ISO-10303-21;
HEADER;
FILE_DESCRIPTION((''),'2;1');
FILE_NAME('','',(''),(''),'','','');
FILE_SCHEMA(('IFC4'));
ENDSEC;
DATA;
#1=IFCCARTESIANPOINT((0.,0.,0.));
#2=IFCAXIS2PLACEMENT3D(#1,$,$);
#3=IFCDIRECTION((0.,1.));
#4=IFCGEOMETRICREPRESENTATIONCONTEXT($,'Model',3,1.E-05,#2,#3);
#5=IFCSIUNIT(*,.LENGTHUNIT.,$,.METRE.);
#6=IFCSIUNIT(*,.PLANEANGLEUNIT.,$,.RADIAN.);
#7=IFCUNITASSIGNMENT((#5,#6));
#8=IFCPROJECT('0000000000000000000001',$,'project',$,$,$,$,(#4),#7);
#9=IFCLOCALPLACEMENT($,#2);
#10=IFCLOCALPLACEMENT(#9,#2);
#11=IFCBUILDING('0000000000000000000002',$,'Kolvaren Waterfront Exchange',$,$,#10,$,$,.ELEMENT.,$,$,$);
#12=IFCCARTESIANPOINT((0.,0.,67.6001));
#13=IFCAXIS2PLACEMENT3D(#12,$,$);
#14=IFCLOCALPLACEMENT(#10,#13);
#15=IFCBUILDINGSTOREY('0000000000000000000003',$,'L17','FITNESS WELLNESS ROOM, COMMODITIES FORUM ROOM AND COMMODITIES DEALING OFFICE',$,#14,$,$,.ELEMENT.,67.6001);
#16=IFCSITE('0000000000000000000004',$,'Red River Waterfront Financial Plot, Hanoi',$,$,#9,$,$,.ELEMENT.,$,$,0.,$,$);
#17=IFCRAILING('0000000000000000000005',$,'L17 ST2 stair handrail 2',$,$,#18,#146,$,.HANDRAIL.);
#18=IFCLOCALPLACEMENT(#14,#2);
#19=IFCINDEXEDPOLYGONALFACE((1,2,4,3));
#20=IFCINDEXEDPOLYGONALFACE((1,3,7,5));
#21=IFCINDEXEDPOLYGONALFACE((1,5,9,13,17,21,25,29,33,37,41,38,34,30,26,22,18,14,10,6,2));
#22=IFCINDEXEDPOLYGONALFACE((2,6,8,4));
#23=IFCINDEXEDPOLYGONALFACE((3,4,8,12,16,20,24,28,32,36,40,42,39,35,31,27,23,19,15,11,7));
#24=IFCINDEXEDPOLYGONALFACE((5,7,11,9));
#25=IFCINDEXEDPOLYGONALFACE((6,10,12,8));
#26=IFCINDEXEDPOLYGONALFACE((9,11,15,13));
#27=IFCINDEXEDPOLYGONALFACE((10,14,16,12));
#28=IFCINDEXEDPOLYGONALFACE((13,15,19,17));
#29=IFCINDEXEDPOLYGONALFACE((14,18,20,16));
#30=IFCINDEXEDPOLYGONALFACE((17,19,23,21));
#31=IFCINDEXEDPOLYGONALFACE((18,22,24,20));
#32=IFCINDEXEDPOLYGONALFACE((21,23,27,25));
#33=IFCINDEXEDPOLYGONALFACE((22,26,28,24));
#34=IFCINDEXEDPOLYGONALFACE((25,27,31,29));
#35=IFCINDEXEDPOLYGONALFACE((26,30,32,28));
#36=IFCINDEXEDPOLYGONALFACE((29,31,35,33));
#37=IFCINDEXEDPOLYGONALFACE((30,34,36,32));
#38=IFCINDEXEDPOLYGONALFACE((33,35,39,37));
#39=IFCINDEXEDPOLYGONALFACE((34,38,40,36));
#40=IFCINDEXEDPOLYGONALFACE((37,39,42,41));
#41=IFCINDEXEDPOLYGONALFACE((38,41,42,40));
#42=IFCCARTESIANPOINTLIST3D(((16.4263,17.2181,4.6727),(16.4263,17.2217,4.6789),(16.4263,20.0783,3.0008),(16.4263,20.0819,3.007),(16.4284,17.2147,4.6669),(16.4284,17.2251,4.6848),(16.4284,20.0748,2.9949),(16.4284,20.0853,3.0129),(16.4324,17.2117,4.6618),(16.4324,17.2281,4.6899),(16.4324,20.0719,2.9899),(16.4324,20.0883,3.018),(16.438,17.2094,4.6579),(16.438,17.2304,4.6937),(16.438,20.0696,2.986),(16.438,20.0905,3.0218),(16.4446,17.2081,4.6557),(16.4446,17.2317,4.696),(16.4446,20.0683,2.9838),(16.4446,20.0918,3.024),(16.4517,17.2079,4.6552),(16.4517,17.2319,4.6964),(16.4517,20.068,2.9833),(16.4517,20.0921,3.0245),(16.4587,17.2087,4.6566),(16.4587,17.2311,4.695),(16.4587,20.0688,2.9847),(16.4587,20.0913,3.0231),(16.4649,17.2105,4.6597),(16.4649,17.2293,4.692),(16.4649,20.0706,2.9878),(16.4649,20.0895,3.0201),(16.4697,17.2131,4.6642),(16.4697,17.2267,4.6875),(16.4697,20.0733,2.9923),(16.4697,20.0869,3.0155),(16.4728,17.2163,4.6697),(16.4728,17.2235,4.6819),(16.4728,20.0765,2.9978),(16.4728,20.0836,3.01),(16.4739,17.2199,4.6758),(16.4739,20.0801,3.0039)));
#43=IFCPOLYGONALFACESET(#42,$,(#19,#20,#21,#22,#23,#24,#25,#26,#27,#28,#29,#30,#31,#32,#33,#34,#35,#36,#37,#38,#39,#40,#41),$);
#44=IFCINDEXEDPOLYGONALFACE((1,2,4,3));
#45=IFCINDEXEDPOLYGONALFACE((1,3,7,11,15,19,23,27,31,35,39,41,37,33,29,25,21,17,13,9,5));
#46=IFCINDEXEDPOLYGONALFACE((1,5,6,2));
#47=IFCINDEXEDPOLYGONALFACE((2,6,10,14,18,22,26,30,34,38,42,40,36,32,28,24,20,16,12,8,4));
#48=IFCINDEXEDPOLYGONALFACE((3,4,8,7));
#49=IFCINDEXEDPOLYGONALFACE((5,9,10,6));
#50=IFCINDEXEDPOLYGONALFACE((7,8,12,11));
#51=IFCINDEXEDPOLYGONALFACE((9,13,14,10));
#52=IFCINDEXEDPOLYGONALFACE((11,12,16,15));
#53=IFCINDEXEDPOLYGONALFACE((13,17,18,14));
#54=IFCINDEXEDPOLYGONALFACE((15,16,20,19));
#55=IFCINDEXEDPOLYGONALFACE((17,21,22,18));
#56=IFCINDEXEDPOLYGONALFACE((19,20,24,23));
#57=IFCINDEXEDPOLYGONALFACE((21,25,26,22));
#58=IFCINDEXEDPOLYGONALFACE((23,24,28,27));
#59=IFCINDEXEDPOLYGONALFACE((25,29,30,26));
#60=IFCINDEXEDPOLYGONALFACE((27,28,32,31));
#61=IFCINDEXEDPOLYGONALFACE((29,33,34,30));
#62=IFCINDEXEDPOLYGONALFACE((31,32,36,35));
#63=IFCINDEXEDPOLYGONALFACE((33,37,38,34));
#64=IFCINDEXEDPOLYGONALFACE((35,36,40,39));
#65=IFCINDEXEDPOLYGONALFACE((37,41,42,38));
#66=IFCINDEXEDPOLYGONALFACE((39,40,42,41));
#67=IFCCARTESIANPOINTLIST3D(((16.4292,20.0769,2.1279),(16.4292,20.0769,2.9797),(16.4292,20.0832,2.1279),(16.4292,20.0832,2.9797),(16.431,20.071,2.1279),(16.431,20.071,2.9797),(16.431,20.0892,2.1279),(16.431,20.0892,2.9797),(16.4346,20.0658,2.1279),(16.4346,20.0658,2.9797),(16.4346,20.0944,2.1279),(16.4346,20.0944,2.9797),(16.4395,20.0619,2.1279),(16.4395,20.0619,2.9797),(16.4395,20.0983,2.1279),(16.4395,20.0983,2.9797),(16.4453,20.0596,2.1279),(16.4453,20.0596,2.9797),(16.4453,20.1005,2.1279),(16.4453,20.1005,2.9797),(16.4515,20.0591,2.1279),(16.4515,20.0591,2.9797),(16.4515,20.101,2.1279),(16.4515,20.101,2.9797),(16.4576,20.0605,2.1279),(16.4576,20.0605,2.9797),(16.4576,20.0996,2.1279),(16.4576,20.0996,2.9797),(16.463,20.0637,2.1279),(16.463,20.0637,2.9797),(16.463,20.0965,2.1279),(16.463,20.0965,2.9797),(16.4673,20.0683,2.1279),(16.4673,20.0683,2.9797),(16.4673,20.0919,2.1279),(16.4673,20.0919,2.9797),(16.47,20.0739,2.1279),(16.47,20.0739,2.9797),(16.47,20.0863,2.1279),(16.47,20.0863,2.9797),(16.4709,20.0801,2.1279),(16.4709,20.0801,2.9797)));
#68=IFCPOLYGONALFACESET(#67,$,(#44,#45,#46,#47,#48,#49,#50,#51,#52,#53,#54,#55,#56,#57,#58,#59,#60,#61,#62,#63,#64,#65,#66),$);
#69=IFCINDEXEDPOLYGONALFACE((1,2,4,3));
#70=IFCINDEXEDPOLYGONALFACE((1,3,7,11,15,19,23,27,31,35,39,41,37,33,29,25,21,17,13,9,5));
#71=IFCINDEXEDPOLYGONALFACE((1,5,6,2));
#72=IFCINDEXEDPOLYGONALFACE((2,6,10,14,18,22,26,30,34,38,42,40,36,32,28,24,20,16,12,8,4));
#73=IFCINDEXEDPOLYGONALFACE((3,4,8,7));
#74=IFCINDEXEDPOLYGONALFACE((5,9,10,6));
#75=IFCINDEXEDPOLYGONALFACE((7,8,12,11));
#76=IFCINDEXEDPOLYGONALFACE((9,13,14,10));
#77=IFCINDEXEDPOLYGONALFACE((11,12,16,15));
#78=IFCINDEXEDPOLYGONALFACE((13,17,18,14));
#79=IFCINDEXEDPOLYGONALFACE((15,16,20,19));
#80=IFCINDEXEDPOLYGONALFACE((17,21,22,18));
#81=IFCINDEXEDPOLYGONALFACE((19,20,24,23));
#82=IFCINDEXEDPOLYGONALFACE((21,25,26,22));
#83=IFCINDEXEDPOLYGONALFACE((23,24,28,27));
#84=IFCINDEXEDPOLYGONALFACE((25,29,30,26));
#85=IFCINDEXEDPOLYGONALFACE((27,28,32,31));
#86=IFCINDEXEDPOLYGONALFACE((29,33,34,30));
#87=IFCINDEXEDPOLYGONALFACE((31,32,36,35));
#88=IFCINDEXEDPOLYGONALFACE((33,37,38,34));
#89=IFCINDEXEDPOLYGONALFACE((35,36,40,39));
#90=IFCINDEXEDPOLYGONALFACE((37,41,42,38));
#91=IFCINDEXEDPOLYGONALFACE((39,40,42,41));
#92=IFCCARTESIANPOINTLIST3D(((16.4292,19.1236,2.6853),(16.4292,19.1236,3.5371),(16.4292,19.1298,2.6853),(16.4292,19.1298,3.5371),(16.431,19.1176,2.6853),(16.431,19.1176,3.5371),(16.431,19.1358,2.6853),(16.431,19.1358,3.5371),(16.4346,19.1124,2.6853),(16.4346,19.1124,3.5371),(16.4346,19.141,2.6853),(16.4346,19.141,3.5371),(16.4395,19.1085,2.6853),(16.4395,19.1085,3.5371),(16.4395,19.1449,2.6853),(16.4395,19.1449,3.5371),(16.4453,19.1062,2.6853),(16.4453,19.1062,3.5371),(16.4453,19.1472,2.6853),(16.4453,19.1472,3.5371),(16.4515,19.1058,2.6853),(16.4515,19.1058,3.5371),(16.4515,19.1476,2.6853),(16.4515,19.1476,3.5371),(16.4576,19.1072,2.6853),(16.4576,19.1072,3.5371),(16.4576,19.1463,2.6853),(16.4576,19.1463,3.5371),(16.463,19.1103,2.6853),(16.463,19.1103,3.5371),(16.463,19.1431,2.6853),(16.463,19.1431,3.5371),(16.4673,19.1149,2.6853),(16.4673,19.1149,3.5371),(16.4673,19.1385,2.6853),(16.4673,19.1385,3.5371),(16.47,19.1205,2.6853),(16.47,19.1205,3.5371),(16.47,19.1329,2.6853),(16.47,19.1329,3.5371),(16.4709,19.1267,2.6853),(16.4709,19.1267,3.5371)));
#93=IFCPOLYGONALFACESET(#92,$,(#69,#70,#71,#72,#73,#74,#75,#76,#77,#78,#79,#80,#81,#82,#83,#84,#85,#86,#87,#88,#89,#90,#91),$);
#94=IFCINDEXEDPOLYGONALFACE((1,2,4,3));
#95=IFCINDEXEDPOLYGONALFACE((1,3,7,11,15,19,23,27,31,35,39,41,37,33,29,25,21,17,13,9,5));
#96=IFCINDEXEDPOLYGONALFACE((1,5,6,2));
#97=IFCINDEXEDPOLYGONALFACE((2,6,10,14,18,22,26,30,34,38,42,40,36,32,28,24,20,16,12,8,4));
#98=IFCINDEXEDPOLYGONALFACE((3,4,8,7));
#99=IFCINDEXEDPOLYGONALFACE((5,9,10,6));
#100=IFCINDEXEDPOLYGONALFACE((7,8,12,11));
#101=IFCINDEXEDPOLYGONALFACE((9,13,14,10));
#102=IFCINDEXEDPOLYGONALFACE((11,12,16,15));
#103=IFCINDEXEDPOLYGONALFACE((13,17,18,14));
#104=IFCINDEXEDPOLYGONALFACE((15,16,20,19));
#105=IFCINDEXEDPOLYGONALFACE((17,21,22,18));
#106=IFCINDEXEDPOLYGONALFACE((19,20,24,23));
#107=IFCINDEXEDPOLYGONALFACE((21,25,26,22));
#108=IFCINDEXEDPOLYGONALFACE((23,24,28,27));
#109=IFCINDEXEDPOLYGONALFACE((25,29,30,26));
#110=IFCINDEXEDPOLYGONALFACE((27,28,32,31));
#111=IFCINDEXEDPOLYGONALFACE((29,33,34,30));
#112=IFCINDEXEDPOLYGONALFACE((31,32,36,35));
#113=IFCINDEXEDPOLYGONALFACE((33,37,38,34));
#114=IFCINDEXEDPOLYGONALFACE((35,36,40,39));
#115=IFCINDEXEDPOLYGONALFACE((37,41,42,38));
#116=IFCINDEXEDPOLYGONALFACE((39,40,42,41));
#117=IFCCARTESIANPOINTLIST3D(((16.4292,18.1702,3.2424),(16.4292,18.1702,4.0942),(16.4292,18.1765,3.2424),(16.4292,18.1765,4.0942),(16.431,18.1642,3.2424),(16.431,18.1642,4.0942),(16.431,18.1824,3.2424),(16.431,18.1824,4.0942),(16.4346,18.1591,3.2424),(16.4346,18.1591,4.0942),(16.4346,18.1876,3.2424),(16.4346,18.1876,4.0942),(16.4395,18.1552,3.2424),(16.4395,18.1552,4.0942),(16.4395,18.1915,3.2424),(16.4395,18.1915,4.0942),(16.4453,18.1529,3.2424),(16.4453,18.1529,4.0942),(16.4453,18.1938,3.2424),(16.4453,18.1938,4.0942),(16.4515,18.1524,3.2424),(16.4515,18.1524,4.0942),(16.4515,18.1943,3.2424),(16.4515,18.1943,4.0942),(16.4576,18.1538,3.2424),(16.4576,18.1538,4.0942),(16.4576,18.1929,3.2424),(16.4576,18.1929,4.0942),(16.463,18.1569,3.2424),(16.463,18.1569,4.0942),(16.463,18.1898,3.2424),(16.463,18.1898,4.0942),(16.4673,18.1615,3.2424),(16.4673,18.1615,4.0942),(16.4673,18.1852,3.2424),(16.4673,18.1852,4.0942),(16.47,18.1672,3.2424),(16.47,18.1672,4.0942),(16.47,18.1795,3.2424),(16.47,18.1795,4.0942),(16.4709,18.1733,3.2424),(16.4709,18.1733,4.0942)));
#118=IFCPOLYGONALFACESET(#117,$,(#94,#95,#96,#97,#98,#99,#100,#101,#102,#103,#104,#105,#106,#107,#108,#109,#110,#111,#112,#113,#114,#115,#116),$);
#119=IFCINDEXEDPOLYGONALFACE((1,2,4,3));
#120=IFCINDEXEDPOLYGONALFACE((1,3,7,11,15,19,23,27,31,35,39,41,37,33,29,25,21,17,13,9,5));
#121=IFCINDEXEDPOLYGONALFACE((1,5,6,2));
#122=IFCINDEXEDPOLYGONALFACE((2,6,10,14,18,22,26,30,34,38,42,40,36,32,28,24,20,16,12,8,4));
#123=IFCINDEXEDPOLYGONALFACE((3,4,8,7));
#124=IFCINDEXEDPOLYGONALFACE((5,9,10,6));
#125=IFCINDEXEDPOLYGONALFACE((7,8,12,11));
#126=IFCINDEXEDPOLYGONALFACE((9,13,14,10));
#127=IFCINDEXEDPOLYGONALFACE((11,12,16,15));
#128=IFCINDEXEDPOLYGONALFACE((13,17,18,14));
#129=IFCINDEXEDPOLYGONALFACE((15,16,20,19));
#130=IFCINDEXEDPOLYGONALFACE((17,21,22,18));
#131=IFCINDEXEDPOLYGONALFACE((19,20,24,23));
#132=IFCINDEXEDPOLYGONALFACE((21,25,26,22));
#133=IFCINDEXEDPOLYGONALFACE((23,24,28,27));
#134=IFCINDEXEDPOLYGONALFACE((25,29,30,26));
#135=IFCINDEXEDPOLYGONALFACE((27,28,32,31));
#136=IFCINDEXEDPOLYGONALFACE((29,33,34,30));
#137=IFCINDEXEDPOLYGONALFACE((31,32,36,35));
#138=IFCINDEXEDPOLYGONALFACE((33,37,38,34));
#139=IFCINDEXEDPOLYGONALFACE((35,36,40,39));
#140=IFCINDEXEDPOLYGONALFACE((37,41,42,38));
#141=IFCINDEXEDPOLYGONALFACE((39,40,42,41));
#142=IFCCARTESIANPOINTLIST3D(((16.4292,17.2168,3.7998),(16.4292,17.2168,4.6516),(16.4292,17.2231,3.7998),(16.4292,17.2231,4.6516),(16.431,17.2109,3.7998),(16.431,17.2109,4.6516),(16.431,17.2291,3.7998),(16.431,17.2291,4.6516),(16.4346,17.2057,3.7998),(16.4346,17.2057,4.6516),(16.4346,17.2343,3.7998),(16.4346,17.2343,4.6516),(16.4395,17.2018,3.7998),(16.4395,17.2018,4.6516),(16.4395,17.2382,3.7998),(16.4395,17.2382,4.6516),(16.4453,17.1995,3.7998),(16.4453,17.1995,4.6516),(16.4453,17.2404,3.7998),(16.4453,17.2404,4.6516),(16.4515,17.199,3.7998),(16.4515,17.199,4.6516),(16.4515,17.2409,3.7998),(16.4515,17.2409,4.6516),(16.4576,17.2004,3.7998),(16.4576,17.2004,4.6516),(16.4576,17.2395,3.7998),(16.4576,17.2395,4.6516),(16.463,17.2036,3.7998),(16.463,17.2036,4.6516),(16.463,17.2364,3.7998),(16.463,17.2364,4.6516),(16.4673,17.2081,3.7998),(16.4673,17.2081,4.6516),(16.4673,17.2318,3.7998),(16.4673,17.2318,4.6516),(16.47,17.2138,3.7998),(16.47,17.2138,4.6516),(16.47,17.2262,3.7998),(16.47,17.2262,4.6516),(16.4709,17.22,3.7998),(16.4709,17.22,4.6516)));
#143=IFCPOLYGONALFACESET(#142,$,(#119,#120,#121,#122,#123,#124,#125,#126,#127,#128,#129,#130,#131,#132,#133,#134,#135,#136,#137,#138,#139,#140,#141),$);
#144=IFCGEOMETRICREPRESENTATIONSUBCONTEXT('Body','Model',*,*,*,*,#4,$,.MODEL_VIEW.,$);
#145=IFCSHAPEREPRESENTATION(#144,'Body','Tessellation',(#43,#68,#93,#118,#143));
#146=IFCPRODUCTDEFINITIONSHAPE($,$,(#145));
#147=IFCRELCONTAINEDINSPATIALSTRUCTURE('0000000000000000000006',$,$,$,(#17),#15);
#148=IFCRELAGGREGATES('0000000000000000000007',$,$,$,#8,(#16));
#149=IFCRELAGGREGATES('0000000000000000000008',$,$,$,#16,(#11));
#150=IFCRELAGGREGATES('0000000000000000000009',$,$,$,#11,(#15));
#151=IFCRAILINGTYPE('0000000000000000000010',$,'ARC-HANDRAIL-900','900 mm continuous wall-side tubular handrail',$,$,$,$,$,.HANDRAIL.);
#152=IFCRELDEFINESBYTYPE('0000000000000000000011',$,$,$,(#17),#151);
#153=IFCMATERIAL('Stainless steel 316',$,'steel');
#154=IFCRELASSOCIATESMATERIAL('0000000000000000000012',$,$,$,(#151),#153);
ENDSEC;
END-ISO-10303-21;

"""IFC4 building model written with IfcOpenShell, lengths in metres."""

from ifc_helpers import new_model, si_unit, direction, frame, origin, origin_2d, place, context, subcontext, project, spatial, circle, extrude, material, type_object, element, save


model = new_model("IFC4")

# Units and contexts
model_context = context("Model", 3, precision=1e-05, world=origin(), true_north=direction((0.0, 1.0)))
body_context = subcontext(model_context, "Body", "Model", "MODEL_VIEW")
ifc_project = project(units=[si_unit("LENGTHUNIT", "METRE"), si_unit("PLANEANGLEUNIT", "RADIAN")], contexts=[model_context])

# Site, building, storey
site_placement = place(None, origin())
site = spatial("IfcSite", under=ifc_project, at=site_placement, Name="Red River Waterfront Financial Plot, Hanoi", CompositionType="ELEMENT", RefElevation=0.0)
building_placement = place(site_placement, origin())
building = spatial("IfcBuilding", under=site, at=building_placement, Name="Kolvaren Waterfront Exchange", CompositionType="ELEMENT")
storey_placement = place(building_placement, frame((0.0, 0.0, 67.6001)))
storey = spatial("IfcBuildingStorey", under=building, at=storey_placement, Name="L17", Description="FITNESS WELLNESS ROOM, COMMODITIES FORUM ROOM AND COMMODITIES DEALING OFFICE", CompositionType="ELEMENT", Elevation=67.6001)

# Railing
ifc_material_1 = material(Name="Stainless steel 316", Category="steel")
railing_type_1 = type_object("IfcRailingType", Name="ARC-HANDRAIL-900", Description="900 mm continuous wall-side tubular handrail", PredefinedType="HANDRAIL", material=ifc_material_1)
railing_1_placement = place(storey_placement, frame((16.45, 20.0801, 2.1279)))
element("IfcRailing", 1, at=railing_1_placement, inside=storey, type_object=railing_type_1, Name="L17 ST2 stair handrail 2", PredefinedType="HANDRAIL", context=body_context, shape_type="SweptSolid", body=[
    extrude(circle(Radius=0.0239, at=origin_2d()), frame((0.0, 0.0, 0.876), z_axis=(0.0, -0.863321, 0.504654), x_axis=(1.0, 0.0, 0.0)), (0.0, 0.0, 1.0), 3.313),
    extrude(circle(Radius=0.021, at=origin_2d()), origin(), (0.0, 0.0, 1.0), 0.8518),
    extrude(circle(Radius=0.021, at=origin_2d()), frame((0.0, -0.9534, 0.5574)), (0.0, 0.0, 1.0), 0.8518),
    extrude(circle(Radius=0.021, at=origin_2d()), frame((0.0, -1.9067, 1.1145)), (0.0, 0.0, 1.0), 0.8518),
    extrude(circle(Radius=0.021, at=origin_2d()), frame((0.0, -2.8601, 1.6719)), (0.0, 0.0, 1.0), 0.8518),
])

save(model, "model.ifc")
